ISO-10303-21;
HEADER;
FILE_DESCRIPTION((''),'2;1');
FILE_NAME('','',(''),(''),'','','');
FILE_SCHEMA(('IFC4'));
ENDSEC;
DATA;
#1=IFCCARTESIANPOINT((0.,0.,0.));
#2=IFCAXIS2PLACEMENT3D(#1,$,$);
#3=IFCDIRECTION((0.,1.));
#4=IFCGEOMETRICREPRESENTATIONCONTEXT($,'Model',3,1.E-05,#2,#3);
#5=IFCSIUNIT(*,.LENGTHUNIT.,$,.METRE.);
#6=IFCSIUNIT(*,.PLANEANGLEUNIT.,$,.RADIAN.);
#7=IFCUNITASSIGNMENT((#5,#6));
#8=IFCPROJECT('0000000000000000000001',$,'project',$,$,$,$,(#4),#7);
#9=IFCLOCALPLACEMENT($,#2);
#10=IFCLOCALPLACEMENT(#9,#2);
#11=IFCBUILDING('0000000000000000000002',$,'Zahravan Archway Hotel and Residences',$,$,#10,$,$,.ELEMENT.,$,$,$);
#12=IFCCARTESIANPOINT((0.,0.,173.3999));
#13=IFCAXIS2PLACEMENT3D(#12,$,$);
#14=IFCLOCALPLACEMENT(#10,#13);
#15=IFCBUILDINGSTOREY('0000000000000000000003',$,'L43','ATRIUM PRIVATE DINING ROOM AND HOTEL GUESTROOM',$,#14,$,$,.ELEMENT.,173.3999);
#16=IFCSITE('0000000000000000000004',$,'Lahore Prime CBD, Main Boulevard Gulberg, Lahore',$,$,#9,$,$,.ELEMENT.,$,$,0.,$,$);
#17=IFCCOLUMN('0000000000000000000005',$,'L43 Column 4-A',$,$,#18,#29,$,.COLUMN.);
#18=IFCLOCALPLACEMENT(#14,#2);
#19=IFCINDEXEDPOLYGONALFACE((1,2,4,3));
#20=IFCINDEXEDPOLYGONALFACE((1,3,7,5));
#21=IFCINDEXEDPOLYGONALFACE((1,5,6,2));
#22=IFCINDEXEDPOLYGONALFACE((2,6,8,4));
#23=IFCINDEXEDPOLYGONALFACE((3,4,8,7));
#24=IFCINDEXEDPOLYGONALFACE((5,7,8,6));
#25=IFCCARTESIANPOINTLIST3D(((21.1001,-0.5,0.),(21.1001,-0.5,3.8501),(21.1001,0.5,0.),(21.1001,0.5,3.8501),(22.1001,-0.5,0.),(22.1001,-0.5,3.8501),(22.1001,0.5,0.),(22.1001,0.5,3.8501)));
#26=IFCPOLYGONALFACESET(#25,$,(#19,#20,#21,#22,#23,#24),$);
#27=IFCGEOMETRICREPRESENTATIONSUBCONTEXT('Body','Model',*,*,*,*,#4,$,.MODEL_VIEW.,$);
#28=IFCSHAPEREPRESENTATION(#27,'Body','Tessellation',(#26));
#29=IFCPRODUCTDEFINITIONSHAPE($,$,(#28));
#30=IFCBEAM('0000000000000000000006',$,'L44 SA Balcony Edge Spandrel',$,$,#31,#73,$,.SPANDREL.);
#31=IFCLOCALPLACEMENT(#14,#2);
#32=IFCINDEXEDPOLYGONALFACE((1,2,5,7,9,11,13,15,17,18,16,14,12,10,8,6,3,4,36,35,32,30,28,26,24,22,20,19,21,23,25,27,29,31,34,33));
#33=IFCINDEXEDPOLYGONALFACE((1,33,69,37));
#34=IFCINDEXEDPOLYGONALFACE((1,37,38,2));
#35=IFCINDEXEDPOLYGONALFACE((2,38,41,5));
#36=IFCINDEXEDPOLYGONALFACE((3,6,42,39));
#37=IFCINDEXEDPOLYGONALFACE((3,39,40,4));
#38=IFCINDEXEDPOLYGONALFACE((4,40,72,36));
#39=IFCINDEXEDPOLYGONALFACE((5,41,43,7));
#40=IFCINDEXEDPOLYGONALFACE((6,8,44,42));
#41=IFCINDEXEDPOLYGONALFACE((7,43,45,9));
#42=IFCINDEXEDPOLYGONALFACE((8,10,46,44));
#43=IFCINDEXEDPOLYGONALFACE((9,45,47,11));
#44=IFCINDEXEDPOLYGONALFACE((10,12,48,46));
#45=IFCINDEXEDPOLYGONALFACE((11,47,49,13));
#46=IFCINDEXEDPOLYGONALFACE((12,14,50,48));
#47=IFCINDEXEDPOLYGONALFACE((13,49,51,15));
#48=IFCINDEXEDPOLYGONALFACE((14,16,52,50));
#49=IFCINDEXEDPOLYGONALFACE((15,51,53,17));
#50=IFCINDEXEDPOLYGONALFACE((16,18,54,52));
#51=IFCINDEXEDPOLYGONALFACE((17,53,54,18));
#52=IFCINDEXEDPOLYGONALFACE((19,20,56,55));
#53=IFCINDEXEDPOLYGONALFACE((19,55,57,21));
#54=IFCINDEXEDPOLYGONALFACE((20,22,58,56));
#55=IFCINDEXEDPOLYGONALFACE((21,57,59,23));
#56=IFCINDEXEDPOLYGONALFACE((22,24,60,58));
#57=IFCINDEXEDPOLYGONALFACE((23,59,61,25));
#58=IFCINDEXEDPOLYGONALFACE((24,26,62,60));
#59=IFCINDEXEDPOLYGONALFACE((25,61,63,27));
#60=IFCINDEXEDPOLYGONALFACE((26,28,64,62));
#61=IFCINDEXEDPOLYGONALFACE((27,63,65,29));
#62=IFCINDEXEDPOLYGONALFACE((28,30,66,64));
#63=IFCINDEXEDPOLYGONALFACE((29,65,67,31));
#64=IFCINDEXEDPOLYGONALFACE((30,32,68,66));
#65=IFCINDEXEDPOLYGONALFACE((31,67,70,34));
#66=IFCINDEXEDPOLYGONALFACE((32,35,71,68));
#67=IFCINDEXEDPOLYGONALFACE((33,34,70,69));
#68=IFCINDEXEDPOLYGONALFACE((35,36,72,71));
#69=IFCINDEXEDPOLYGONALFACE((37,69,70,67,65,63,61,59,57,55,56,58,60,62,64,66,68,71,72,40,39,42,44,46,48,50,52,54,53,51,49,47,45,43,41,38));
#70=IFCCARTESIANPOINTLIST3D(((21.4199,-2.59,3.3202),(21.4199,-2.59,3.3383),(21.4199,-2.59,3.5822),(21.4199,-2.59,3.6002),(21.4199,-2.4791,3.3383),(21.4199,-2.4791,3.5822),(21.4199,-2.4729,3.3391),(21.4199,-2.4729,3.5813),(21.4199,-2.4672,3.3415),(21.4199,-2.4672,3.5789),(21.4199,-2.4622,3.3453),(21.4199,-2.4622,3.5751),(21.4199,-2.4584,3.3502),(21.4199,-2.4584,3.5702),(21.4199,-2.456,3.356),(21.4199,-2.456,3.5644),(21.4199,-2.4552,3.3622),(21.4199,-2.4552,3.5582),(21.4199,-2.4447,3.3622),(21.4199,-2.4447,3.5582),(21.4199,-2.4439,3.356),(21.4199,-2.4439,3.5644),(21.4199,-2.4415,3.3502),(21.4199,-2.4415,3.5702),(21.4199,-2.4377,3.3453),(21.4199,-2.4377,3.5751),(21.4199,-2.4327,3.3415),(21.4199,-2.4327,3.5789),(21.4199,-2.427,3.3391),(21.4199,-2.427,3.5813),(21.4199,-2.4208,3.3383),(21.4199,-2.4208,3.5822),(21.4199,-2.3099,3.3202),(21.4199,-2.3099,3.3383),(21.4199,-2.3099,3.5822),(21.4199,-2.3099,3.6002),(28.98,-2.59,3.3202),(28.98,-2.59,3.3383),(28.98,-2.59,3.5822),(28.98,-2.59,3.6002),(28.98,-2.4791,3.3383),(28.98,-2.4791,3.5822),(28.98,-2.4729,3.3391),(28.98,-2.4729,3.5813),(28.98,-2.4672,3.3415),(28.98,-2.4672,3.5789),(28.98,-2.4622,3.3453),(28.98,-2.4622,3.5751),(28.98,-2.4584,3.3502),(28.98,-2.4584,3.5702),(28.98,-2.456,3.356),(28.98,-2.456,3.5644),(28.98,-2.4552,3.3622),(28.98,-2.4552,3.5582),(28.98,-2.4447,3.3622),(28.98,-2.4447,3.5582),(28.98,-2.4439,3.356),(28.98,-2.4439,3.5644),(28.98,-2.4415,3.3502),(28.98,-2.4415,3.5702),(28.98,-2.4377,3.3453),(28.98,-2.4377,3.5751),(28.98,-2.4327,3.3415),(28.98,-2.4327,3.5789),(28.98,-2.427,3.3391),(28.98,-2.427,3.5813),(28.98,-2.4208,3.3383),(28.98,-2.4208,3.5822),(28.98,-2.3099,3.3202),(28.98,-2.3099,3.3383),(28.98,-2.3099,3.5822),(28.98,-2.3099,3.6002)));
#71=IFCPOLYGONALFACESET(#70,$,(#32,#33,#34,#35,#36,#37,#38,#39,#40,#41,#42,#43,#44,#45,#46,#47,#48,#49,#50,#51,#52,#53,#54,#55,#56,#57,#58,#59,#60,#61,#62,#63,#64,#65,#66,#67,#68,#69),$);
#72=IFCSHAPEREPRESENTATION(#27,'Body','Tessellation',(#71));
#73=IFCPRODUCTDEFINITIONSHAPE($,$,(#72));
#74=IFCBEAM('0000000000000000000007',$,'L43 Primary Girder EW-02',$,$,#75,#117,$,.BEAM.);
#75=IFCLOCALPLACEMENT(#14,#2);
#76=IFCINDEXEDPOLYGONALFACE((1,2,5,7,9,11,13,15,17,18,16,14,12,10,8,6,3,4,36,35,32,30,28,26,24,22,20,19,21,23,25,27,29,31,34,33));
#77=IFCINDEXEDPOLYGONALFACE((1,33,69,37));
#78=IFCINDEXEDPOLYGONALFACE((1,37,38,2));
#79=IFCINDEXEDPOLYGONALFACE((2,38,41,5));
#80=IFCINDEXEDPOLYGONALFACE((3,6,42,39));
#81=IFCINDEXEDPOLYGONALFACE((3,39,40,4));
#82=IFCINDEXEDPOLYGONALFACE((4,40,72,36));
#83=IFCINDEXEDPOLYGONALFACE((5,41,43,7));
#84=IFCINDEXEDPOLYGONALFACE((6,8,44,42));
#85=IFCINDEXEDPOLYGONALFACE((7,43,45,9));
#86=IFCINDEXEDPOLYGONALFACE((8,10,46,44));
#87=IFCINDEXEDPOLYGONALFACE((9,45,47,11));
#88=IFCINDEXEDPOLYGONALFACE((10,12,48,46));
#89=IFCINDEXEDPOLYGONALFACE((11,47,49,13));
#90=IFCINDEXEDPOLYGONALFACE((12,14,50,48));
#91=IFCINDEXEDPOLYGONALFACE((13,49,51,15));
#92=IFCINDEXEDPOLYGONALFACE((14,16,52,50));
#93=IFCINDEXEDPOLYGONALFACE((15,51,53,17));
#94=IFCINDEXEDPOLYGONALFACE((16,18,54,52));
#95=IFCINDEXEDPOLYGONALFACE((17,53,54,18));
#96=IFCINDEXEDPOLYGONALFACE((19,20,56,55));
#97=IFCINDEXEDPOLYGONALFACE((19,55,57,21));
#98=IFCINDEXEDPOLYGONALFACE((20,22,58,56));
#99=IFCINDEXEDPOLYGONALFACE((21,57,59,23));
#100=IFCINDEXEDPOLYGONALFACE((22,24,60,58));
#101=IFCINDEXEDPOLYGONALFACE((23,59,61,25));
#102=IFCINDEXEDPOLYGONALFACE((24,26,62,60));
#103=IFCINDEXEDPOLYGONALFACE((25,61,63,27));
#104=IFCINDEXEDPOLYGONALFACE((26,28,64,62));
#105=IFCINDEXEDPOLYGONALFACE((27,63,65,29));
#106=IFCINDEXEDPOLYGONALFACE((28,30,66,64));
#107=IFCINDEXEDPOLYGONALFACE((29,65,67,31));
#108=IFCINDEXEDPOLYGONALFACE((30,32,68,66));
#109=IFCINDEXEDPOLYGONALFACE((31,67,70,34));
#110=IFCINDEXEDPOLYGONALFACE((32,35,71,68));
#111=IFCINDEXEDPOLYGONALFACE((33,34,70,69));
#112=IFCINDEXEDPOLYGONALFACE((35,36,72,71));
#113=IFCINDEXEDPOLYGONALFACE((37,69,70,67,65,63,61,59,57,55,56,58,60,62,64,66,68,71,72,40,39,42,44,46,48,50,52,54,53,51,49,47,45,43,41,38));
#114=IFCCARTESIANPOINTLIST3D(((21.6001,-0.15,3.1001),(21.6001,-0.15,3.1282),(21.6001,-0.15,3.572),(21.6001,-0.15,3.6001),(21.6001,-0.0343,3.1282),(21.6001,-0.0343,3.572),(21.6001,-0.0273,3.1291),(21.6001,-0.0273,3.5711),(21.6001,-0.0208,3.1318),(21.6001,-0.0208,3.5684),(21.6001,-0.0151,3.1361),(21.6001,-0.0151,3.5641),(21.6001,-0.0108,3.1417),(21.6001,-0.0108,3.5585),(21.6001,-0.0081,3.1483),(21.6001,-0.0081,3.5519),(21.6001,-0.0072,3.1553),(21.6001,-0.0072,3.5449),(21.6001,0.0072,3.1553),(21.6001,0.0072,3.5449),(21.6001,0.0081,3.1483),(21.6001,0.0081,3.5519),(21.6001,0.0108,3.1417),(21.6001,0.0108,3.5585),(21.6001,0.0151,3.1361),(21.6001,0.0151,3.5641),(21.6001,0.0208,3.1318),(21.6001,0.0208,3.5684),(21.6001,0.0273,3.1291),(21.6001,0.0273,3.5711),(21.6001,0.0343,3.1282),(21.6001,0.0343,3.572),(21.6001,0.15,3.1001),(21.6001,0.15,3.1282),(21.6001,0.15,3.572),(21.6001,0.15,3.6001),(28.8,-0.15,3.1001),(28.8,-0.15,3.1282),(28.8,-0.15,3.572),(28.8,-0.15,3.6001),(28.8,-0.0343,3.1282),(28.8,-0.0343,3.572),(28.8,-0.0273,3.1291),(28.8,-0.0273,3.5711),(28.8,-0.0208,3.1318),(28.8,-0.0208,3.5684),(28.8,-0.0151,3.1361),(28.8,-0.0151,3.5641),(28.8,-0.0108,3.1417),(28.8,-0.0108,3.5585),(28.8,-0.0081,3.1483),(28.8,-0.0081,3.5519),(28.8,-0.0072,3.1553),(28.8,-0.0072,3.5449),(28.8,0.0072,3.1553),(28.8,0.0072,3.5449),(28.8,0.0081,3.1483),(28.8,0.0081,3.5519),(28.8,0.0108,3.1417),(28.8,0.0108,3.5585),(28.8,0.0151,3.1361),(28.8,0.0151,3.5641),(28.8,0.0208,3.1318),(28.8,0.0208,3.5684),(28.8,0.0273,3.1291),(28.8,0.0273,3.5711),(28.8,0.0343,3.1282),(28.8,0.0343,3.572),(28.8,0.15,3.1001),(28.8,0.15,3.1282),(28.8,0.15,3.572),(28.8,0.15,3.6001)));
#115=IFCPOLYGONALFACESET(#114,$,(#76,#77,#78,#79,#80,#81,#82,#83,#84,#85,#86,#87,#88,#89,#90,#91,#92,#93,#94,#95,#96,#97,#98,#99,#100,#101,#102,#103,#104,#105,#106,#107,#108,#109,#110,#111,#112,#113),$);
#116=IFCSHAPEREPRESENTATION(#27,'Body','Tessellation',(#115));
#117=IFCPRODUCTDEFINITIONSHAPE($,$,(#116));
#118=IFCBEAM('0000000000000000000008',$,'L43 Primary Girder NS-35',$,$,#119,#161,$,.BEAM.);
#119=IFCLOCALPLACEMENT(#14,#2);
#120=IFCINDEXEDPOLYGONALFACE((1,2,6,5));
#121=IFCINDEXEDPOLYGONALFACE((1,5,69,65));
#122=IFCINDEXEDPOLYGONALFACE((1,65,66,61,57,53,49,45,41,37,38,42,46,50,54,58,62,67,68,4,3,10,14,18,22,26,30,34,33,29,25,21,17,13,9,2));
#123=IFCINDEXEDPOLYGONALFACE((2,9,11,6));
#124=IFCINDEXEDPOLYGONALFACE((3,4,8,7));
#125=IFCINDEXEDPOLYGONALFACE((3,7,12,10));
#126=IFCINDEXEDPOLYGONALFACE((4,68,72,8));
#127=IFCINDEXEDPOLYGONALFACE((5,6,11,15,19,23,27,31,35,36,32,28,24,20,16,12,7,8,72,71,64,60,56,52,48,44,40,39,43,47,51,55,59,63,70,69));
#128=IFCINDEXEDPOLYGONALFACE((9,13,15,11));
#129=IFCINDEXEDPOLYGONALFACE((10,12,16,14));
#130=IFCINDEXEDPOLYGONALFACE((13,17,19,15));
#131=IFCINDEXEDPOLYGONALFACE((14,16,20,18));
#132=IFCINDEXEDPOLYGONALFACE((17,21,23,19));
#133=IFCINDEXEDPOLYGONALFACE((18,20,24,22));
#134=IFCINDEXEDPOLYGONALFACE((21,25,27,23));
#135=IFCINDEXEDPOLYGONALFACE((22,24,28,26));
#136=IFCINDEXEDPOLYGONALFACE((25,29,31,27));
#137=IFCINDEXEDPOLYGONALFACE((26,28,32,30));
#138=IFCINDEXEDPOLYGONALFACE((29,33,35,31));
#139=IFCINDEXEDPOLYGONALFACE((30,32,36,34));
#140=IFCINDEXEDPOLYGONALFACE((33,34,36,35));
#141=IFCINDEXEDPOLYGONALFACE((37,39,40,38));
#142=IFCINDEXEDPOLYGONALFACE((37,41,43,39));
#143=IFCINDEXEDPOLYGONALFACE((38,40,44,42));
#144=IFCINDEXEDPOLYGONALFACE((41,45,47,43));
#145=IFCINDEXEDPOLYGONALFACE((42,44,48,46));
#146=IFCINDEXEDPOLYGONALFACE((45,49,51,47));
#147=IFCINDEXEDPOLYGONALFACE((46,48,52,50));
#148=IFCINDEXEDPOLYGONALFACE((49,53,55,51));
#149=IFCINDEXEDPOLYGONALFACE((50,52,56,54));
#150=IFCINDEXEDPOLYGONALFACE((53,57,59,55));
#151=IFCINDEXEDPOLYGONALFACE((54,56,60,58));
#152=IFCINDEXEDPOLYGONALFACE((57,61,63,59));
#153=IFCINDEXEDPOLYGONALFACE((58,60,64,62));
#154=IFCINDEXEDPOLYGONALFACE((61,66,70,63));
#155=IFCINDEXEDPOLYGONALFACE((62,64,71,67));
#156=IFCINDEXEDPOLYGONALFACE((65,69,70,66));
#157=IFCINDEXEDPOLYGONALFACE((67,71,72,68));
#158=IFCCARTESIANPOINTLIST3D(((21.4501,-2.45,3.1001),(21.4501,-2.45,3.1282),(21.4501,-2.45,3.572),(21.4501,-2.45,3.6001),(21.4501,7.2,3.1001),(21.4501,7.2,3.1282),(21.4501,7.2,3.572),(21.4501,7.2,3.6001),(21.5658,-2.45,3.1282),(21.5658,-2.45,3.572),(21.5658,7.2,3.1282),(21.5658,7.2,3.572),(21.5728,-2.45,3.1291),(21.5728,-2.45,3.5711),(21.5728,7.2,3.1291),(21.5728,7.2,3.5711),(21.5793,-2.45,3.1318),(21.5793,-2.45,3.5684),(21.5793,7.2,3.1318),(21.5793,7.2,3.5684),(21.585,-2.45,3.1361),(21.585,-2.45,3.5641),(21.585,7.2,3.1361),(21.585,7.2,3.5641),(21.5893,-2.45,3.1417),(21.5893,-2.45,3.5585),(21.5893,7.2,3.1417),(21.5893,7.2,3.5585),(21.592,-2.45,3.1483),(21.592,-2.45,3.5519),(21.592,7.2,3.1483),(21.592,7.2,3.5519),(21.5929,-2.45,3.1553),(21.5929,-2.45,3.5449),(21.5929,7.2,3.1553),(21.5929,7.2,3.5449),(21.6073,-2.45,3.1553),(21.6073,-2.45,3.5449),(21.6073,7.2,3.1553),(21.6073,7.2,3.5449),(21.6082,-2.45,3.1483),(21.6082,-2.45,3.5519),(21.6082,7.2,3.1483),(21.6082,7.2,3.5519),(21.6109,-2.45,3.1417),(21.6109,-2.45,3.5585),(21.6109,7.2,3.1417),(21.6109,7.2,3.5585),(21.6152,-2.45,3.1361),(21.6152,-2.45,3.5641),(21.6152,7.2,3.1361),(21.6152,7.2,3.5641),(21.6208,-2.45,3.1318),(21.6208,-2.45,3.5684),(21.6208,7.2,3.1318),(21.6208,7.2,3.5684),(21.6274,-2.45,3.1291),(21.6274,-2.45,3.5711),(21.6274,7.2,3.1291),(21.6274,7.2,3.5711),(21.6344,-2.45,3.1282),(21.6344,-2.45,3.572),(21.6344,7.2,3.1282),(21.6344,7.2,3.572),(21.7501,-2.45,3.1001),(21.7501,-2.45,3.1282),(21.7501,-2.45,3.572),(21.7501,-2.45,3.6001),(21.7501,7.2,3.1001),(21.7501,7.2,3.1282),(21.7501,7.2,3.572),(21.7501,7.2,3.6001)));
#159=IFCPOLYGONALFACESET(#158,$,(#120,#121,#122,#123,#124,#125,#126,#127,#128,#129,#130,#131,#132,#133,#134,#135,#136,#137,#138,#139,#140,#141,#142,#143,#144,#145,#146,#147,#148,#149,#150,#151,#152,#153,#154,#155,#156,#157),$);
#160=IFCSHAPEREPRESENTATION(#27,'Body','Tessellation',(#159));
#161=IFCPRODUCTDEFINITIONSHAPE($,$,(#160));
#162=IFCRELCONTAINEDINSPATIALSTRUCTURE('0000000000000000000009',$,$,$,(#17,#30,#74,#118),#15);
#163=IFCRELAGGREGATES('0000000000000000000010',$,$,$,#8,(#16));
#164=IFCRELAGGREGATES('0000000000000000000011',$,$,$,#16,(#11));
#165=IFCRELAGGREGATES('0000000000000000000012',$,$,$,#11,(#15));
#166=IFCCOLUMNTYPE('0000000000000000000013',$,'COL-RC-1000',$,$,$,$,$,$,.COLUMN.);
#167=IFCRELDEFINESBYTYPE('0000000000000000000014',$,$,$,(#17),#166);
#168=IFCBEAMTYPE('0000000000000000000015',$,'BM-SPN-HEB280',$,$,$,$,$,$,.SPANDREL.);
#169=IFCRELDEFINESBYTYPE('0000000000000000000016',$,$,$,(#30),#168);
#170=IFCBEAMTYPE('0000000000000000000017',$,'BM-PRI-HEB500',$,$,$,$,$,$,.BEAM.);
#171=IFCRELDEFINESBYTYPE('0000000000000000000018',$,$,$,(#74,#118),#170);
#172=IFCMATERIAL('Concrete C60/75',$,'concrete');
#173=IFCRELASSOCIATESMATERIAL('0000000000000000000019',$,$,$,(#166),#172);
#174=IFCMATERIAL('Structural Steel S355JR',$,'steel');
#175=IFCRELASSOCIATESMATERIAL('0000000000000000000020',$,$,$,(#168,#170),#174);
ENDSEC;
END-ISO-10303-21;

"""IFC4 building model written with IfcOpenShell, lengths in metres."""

from ifc_helpers import new_model, si_unit, direction, frame, origin, origin_2d, place, context, subcontext, project, spatial, rectangle, i_section, extrude, source, transform, mapped, material, material_profile, profile_set, type_object, type_shapes, element, save


model = new_model("IFC4")

# Units and contexts
model_context = context("Model", 3, precision=1e-05, world=origin(), true_north=direction((0.0, 1.0)))
body_context = subcontext(model_context, "Body", "Model", "MODEL_VIEW")
ifc_project = project(units=[si_unit("LENGTHUNIT", "METRE"), si_unit("PLANEANGLEUNIT", "RADIAN")], contexts=[model_context])

# Site, building, storey
site_placement = place(None, origin())
site = spatial("IfcSite", under=ifc_project, at=site_placement, Name="Lahore Prime CBD, Main Boulevard Gulberg, Lahore", CompositionType="ELEMENT", RefElevation=0.0)
building_placement = place(site_placement, origin())
building = spatial("IfcBuilding", under=site, at=building_placement, Name="Zahravan Archway Hotel and Residences", CompositionType="ELEMENT")
storey_placement = place(building_placement, frame((0.0, 0.0, 173.3999)))
storey = spatial("IfcBuildingStorey", under=building, at=storey_placement, Name="L43", Description="ATRIUM PRIVATE DINING ROOM AND HOTEL GUESTROOM", CompositionType="ELEMENT", Elevation=173.3999)

# Column
ifc_material_1 = material(Name="Concrete C60/75", Category="concrete")
ifc_material_profile_1 = material_profile(ifc_material_1, rectangle(XDim=1.0, YDim=1.0, at=origin_2d()), Name="RC-COL-1000x1000", Category="concrete")
ifc_profile_set_1 = profile_set([ifc_material_profile_1], Name="Concrete C60/75")
column_type = type_object("IfcColumnType", Name="COL-RC-1000", PredefinedType="COLUMN", material=ifc_profile_set_1)
shared_shape_1 = source(origin(), body_context, "Body", "SweptSolid", [
    extrude(rectangle(XDim=1.0, YDim=1.0, at=origin_2d()), origin(), (0.0, 0.0, 1.0), 3.8501),
])
column_placement = place(storey_placement, frame((21.6001, 0.0, 0.0), z_axis=(0.0, 0.0, 1.0), x_axis=(1.0, 0.0, 0.0)))
element("IfcColumn", 1, at=column_placement, inside=storey, type_object=column_type, Name="L43 Column 4-A", PredefinedType="COLUMN", context=body_context, shape_type="MappedRepresentation", body=[
    mapped(shared_shape_1, transform((0.0, 0.0, 0.0), scale=1.0)),
])

# Beams
ifc_material_2 = material(Name="Structural Steel S355JR", Category="steel")
ifc_material_profile_2 = material_profile(ifc_material_2, i_section(OverallWidth=0.28, OverallDepth=0.28, WebThickness=0.0105, FlangeThickness=0.0181, FilletRadius=0.0239, at=origin_2d()), Name="HEB 280", Category="steel")
ifc_profile_set_2 = profile_set([ifc_material_profile_2], Name="Structural Steel S355JR")
beam_type_1 = type_object("IfcBeamType", Name="BM-SPN-HEB280", PredefinedType="SPANDREL", material=ifc_profile_set_2)
shared_shape_2 = source(origin(), body_context, "Body", "SweptSolid", [
    extrude(i_section(OverallWidth=0.28, OverallDepth=0.28, WebThickness=0.0105, FlangeThickness=0.0181, FilletRadius=0.0239, at=origin_2d()), origin(), (0.0, 0.0, 1.0), 7.5601),
])
type_shapes(beam_type_1, [shared_shape_2])
beam_1_placement = place(storey_placement, frame((21.4199, -2.45, 3.4602), z_axis=(1.0, 0.0, 0.0), x_axis=(0.0, 1.0, 0.0)))
element("IfcBeam", 2, at=beam_1_placement, inside=storey, type_object=beam_type_1, Name="L44 SA Balcony Edge Spandrel", PredefinedType="SPANDREL", context=body_context, shape_type="MappedRepresentation", body=[
    mapped(shared_shape_2, transform((0.0, 0.0, 0.0), scale=1.0)),
])
ifc_material_profile_3 = material_profile(ifc_material_2, i_section(OverallWidth=0.3, OverallDepth=0.5, WebThickness=0.0144, FlangeThickness=0.0281, FilletRadius=0.0271, at=origin_2d()), Name="HEB 500", Category="steel")
ifc_profile_set_3 = profile_set([ifc_material_profile_3], Name="Structural Steel S355JR")
beam_type_2 = type_object("IfcBeamType", Name="BM-PRI-HEB500", PredefinedType="BEAM", material=ifc_profile_set_3)
shared_shape_3 = source(origin(), body_context, "Body", "SweptSolid", [
    extrude(i_section(OverallWidth=0.3, OverallDepth=0.5, WebThickness=0.0144, FlangeThickness=0.0281, FilletRadius=0.0271, at=origin_2d()), origin(), (0.0, 0.0, 1.0), 7.2),
])
beam_2_placement = place(storey_placement, frame((21.6001, 0.0, 3.3501), z_axis=(1.0, 0.0, 0.0), x_axis=(0.0, 1.0, 0.0)))
element("IfcBeam", 3, at=beam_2_placement, inside=storey, type_object=beam_type_2, Name="L43 Primary Girder EW-02", PredefinedType="BEAM", context=body_context, shape_type="MappedRepresentation", body=[
    mapped(shared_shape_3, transform((0.0, 0.0, 0.0), scale=1.0)),
])
shared_shape_4 = source(origin(), body_context, "Body", "SweptSolid", [
    extrude(i_section(OverallWidth=0.3, OverallDepth=0.5, WebThickness=0.0144, FlangeThickness=0.0281, FilletRadius=0.0271, at=origin_2d()), origin(), (0.0, 0.0, 1.0), 9.6499),
])
beam_3_placement = place(storey_placement, frame((21.6001, -2.45, 3.3501), z_axis=(0.0, 1.0, 0.0), x_axis=(-1.0, 0.0, 0.0)))
element("IfcBeam", 4, at=beam_3_placement, inside=storey, type_object=beam_type_2, Name="L43 Primary Girder NS-35", PredefinedType="BEAM", context=body_context, shape_type="MappedRepresentation", body=[
    mapped(shared_shape_4, transform((0.0, 0.0, 0.0), scale=1.0)),
])

save(model, "model.ifc")
